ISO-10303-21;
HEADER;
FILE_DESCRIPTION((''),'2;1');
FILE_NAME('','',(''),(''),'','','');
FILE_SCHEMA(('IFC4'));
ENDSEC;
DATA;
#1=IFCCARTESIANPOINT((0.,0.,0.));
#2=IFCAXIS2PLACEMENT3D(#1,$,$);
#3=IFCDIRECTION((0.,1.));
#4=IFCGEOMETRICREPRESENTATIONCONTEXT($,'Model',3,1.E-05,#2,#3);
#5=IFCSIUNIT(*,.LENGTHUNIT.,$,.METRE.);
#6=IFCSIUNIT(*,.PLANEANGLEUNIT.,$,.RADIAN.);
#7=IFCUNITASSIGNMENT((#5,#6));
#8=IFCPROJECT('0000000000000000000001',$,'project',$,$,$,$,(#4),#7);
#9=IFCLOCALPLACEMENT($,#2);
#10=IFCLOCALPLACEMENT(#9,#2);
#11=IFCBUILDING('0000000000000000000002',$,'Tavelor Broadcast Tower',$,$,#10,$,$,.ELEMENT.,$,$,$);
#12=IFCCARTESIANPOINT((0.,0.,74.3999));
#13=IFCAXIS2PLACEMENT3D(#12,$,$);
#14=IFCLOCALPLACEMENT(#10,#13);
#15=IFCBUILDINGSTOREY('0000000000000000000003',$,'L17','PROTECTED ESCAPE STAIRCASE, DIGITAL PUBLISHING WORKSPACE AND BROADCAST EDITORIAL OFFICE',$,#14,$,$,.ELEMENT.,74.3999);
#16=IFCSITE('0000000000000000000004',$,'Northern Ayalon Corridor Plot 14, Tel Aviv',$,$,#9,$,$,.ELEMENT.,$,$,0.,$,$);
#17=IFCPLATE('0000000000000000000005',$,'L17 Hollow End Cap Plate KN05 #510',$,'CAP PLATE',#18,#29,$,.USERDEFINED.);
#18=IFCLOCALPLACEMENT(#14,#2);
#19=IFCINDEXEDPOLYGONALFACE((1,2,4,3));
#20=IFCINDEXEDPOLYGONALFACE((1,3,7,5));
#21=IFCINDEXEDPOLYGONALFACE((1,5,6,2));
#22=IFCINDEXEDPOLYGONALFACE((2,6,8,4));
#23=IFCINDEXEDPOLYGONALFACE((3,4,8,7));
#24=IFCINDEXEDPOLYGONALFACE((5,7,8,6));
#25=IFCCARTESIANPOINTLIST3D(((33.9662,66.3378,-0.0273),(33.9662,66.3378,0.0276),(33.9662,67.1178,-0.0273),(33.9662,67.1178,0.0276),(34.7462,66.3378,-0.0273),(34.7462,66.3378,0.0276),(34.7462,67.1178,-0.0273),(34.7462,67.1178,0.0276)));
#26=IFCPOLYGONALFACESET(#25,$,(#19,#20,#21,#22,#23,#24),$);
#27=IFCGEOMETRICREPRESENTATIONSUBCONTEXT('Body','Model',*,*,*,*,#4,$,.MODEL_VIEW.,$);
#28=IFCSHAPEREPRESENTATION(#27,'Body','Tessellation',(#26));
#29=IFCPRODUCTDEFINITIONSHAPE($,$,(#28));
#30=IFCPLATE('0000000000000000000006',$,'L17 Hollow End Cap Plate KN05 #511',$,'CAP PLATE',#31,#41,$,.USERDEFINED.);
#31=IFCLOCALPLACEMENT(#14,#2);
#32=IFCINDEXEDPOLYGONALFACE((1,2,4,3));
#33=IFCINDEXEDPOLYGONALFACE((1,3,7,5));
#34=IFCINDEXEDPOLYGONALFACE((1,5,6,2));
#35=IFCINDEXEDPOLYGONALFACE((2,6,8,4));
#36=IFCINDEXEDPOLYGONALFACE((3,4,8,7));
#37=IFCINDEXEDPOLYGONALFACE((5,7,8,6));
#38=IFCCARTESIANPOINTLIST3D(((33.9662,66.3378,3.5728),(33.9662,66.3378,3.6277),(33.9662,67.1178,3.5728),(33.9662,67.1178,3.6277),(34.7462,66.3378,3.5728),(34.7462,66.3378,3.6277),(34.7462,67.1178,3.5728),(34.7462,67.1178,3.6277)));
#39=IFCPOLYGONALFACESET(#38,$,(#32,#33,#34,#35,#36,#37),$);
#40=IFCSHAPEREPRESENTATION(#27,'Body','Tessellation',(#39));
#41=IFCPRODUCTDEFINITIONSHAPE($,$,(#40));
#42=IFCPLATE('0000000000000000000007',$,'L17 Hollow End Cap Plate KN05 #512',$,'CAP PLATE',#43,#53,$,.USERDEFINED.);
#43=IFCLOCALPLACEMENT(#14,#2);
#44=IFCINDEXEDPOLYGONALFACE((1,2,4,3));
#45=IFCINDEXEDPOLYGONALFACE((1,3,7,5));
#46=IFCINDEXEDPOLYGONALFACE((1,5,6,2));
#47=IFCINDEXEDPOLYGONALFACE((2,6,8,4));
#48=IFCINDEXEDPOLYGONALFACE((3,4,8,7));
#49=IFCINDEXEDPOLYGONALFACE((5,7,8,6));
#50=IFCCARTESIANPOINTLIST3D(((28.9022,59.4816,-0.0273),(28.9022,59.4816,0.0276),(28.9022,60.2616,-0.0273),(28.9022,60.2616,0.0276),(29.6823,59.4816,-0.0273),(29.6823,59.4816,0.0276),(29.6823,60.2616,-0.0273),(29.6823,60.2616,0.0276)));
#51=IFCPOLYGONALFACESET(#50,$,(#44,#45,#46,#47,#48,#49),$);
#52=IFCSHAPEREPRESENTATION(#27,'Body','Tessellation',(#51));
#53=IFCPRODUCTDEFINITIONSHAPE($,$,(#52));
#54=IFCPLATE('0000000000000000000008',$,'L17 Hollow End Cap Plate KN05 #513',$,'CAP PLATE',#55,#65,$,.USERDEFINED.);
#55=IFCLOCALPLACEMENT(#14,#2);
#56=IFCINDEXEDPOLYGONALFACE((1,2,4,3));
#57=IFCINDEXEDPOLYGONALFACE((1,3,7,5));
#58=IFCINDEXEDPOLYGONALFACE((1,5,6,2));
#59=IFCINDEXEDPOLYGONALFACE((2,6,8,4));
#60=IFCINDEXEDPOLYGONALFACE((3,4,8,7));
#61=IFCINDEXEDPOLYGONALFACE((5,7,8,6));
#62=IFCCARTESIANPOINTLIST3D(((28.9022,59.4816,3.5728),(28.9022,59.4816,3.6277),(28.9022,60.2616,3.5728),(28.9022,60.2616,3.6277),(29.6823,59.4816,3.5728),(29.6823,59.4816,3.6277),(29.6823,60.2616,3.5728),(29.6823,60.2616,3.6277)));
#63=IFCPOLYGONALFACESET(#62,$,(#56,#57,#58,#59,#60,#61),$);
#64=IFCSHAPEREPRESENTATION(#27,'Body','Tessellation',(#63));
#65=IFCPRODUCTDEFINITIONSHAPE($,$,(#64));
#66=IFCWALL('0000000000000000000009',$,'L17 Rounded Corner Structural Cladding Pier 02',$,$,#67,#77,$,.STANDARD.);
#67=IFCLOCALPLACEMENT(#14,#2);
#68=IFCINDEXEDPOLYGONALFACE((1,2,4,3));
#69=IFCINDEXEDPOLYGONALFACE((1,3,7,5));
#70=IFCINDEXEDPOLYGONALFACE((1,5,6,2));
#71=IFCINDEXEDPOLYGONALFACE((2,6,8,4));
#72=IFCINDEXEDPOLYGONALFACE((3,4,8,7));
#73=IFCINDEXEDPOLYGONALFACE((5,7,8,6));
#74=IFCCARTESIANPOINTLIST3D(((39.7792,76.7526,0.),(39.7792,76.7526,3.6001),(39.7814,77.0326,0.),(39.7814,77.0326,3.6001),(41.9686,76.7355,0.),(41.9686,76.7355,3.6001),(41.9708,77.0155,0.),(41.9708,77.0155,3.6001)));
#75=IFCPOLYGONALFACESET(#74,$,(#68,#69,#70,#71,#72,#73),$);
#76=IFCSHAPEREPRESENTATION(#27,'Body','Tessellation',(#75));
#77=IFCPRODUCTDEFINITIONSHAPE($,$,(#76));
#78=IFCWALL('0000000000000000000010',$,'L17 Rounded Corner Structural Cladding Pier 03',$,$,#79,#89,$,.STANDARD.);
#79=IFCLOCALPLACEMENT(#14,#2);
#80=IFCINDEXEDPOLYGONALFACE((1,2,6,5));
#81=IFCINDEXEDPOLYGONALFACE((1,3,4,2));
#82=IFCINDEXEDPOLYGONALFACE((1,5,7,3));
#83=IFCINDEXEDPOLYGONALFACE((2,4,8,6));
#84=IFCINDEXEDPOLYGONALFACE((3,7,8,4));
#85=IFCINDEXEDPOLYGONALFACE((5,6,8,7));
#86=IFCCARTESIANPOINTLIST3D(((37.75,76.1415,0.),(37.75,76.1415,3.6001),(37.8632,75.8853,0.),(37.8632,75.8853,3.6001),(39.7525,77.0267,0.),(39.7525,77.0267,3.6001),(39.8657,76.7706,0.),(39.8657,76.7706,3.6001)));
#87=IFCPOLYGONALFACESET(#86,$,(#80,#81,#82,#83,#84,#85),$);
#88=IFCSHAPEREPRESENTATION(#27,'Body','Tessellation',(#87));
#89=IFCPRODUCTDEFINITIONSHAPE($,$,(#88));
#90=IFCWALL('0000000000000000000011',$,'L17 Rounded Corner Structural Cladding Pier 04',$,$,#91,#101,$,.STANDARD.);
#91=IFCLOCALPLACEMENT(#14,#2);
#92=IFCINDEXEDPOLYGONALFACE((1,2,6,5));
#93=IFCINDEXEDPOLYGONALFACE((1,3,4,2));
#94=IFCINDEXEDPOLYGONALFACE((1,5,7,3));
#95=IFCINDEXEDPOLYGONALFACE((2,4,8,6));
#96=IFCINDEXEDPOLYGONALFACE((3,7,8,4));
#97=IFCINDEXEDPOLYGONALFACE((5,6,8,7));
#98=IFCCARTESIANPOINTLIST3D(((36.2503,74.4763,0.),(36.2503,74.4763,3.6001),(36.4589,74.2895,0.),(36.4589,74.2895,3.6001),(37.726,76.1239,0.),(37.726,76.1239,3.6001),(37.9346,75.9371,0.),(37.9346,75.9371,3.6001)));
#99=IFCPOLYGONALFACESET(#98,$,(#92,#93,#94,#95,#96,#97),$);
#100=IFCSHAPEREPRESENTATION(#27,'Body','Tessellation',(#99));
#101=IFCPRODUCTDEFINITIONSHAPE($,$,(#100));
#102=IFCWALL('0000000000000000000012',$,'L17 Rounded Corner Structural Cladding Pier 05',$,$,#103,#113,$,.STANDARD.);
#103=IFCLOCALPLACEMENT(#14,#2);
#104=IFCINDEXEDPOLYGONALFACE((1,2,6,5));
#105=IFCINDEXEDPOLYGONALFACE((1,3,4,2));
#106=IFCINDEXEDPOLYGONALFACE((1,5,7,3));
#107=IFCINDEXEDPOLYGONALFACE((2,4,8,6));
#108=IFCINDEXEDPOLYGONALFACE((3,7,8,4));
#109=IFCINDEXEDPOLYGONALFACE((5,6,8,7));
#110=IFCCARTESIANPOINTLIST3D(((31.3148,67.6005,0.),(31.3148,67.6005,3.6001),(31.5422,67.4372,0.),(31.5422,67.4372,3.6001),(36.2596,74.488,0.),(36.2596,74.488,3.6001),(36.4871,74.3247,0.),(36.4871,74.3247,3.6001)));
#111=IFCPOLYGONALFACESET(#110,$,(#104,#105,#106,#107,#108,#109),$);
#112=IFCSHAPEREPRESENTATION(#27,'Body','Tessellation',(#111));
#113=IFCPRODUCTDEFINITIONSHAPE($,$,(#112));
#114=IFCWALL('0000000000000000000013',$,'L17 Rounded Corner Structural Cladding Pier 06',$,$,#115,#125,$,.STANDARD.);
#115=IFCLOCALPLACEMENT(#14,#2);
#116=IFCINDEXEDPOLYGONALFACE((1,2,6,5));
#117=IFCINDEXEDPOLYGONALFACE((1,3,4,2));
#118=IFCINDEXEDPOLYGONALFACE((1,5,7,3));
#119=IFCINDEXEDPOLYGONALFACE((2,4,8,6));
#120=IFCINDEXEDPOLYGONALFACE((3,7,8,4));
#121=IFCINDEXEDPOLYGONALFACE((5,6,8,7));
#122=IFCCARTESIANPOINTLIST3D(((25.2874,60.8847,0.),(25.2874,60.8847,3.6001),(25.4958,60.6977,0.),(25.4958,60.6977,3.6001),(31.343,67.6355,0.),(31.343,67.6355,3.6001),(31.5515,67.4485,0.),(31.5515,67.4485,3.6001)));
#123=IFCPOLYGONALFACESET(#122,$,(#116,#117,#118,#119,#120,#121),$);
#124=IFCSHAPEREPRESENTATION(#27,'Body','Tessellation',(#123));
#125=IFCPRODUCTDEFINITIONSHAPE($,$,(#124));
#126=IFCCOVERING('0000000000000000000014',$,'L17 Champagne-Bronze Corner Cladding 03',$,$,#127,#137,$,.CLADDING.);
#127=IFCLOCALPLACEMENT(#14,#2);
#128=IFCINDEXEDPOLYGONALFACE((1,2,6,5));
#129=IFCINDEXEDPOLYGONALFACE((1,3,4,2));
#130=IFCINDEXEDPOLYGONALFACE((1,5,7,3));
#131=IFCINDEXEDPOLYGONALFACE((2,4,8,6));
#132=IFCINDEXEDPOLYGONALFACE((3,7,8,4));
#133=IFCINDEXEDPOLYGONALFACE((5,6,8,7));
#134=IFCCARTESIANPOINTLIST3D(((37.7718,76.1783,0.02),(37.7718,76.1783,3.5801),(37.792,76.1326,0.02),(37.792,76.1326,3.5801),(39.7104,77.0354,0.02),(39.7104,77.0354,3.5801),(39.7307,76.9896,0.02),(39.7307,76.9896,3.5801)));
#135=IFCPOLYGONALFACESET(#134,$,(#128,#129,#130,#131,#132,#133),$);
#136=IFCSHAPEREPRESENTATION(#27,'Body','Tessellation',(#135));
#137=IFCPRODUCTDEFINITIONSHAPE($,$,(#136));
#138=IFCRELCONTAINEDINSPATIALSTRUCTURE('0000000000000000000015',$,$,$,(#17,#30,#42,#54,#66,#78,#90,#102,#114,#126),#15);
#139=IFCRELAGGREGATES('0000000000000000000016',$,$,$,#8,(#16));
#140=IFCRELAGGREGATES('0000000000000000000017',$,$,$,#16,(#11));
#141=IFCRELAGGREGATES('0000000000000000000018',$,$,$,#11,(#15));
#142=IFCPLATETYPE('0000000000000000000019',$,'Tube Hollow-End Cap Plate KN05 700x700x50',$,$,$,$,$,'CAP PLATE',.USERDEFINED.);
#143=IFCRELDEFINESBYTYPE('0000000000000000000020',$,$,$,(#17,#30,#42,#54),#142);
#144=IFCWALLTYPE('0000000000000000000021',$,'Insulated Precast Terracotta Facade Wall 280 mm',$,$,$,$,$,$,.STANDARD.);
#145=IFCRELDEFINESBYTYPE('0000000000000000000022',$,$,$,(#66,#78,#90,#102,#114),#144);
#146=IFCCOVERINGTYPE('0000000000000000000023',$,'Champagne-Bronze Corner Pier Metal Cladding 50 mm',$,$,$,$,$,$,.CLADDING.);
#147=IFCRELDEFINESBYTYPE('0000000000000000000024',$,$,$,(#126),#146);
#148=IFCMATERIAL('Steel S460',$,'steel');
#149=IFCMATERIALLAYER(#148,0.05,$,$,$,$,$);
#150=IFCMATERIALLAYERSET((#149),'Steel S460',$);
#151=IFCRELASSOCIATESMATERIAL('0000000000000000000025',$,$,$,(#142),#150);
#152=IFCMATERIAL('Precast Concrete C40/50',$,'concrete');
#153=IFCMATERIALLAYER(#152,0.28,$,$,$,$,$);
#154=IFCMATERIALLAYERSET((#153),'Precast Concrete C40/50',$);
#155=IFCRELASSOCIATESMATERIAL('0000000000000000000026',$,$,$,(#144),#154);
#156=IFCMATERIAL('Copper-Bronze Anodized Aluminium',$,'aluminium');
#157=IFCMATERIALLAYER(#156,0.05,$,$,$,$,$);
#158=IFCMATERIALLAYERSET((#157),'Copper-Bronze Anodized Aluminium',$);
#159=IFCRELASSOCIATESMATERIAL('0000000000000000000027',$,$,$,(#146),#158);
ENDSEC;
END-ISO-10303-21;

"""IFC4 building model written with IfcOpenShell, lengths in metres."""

from ifc_helpers import new_model, si_unit, direction, frame, frame_2d, origin, origin_2d, place, context, subcontext, project, spatial, rectangle, extrude, source, transform, mapped, material, layer, layer_set, type_object, element, save


model = new_model("IFC4")

# Units and contexts
model_context = context("Model", 3, precision=1e-05, world=origin(), true_north=direction((0.0, 1.0)))
body_context = subcontext(model_context, "Body", "Model", "MODEL_VIEW")
ifc_project = project(units=[si_unit("LENGTHUNIT", "METRE"), si_unit("PLANEANGLEUNIT", "RADIAN")], contexts=[model_context])

# Site, building, storey
site_placement = place(None, origin())
site = spatial("IfcSite", under=ifc_project, at=site_placement, Name="Northern Ayalon Corridor Plot 14, Tel Aviv", CompositionType="ELEMENT", RefElevation=0.0)
building_placement = place(site_placement, origin())
building = spatial("IfcBuilding", under=site, at=building_placement, Name="Tavelor Broadcast Tower", CompositionType="ELEMENT")
storey_placement = place(building_placement, frame((0.0, 0.0, 74.3999)))
storey = spatial("IfcBuildingStorey", under=building, at=storey_placement, Name="L17", Description="PROTECTED ESCAPE STAIRCASE, DIGITAL PUBLISHING WORKSPACE AND BROADCAST EDITORIAL OFFICE", CompositionType="ELEMENT", Elevation=74.3999)

# Shared definitions
ifc_material_1 = material(Name="Steel S460", Category="steel")

# Plates
ifc_layer_1 = layer(ifc_material_1, 0.05)
ifc_layer_set_1 = layer_set([ifc_layer_1], Name="Steel S460")
plate_type = type_object("IfcPlateType", Name="Tube Hollow-End Cap Plate KN05 700x700x50", ElementType="CAP PLATE", PredefinedType="USERDEFINED", material=ifc_layer_set_1)
shared_shape_1 = source(origin(), body_context, "Body", "SweptSolid", [
    extrude(rectangle(XDim=0.78, YDim=0.78, at=origin_2d()), origin(), (0.0, 0.0, 1.0), 0.0549),
])
for number, where, z_axis, x_axis, name in (
    (1, (34.3562, 66.7278, -0.0273), (0.0, 0.0, 1.0), (1.0, 0.0, 0.0), "L17 Hollow End Cap Plate KN05 #510"),
    (2, (34.3562, 66.7278, 3.5728), (0.0, 0.0, 1.0), (1.0, 0.0, 0.0), "L17 Hollow End Cap Plate KN05 #511"),
    (3, (29.2922, 59.8716, -0.0273), (0.0, 0.0, 1.0), (1.0, 0.0, 0.0), "L17 Hollow End Cap Plate KN05 #512"),
    (4, (29.2922, 59.8716, 3.5728), (0.0, 0.0, 1.0), (1.0, 0.0, 0.0), "L17 Hollow End Cap Plate KN05 #513"),
):
    element("IfcPlate", number, at=place(storey_placement, frame(where, z_axis=z_axis, x_axis=x_axis)), inside=storey, type_object=plate_type, Name=name, ObjectType="CAP PLATE", PredefinedType="USERDEFINED", context=body_context, shape_type="MappedRepresentation", body=[
        mapped(shared_shape_1, transform((0.0, 0.0, 0.0), scale=1.0)),
    ])

# Walls
ifc_material_2 = material(Name="Precast Concrete C40/50", Category="concrete")
ifc_layer_2 = layer(ifc_material_2, 0.28)
ifc_layer_set_2 = layer_set([ifc_layer_2], Name="Precast Concrete C40/50")
wall_type = type_object("IfcWallType", Name="Insulated Precast Terracotta Facade Wall 280 mm", PredefinedType="STANDARD", material=ifc_layer_set_2)
for number, where, z_axis, x_axis, name in (
    (5, (41.9697, 76.8755, 0.0), (0.0, 0.0, 1.0), (-0.99997, 0.007805, 0.0), "L17 Rounded Corner Structural Cladding Pier 02"),
    (6, (39.8091, 76.8987, 0.0), (0.0, 0.0, 1.0), (-0.91461, -0.404337, 0.0), "L17 Rounded Corner Structural Cladding Pier 03"),
):
    element("IfcWall", number, at=place(storey_placement, frame(where, z_axis=z_axis, x_axis=x_axis)), inside=storey, type_object=wall_type, Name=name, PredefinedType="STANDARD", context=body_context, shape_type="SweptSolid", body=[
        extrude(rectangle(XDim=2.1895, YDim=0.28, at=frame_2d((1.0947, 0.0))), origin(), (0.0, 0.0, 1.0), 3.6001),
    ])
wall_1_placement = place(storey_placement, frame((37.8303, 76.0305, 0.0), z_axis=(0.0, 0.0, 1.0), x_axis=(-0.667188, -0.744889, 0.0)))
element("IfcWall", 7, at=wall_1_placement, inside=storey, type_object=wall_type, Name="L17 Rounded Corner Structural Cladding Pier 04", PredefinedType="STANDARD", context=body_context, shape_type="SweptSolid", body=[
    extrude(rectangle(XDim=2.2119, YDim=0.28, at=frame_2d((1.106, 0.0))), origin(), (0.0, 0.0, 1.0), 3.6001),
])
wall_2_placement = place(storey_placement, frame((36.3733, 74.4062, 0.0), z_axis=(0.0, 0.0, 1.0), x_axis=(-0.583206, -0.812324, 0.0)))
element("IfcWall", 8, at=wall_2_placement, inside=storey, type_object=wall_type, Name="L17 Rounded Corner Structural Cladding Pier 05", PredefinedType="STANDARD", context=body_context, shape_type="SweptSolid", body=[
    extrude(rectangle(XDim=8.4788, YDim=0.28, at=frame_2d((4.2393, 0.0))), origin(), (0.0, 0.0, 1.0), 3.6001),
])
wall_3_placement = place(storey_placement, frame((31.4473, 67.542, 0.0), z_axis=(0.0, 0.0, 1.0), x_axis=(-0.667746, -0.744389, 0.0)))
element("IfcWall", 9, at=wall_3_placement, inside=storey, type_object=wall_type, Name="L17 Rounded Corner Structural Cladding Pier 06", PredefinedType="STANDARD", context=body_context, shape_type="SweptSolid", body=[
    extrude(rectangle(XDim=9.0688, YDim=0.28, at=frame_2d((4.5344, 0.0))), origin(), (0.0, 0.0, 1.0), 3.6001),
])

# Covering
ifc_material_3 = material(Name="Copper-Bronze Anodized Aluminium", Category="aluminium")
ifc_layer_3 = layer(ifc_material_3, 0.05)
ifc_layer_set_3 = layer_set([ifc_layer_3], Name="Copper-Bronze Anodized Aluminium")
covering_type = type_object("IfcCoveringType", Name="Champagne-Bronze Corner Pier Metal Cladding 50 mm", PredefinedType="CLADDING", material=ifc_layer_set_3)
covering_placement = place(storey_placement, frame((38.7512, 76.584, 0.02), z_axis=(0.0, 0.0, 1.0), x_axis=(-0.914607, -0.404344, 0.0)))
element("IfcCovering", 10, at=covering_placement, inside=storey, type_object=covering_type, Name="L17 Champagne-Bronze Corner Cladding 03", PredefinedType="CLADDING", context=body_context, shape_type="SweptSolid", body=[
    extrude(rectangle(XDim=2.1196, YDim=0.05, at=origin_2d()), origin(), (0.0, 0.0, 1.0), 3.5601),
])

save(model, "model.ifc")
